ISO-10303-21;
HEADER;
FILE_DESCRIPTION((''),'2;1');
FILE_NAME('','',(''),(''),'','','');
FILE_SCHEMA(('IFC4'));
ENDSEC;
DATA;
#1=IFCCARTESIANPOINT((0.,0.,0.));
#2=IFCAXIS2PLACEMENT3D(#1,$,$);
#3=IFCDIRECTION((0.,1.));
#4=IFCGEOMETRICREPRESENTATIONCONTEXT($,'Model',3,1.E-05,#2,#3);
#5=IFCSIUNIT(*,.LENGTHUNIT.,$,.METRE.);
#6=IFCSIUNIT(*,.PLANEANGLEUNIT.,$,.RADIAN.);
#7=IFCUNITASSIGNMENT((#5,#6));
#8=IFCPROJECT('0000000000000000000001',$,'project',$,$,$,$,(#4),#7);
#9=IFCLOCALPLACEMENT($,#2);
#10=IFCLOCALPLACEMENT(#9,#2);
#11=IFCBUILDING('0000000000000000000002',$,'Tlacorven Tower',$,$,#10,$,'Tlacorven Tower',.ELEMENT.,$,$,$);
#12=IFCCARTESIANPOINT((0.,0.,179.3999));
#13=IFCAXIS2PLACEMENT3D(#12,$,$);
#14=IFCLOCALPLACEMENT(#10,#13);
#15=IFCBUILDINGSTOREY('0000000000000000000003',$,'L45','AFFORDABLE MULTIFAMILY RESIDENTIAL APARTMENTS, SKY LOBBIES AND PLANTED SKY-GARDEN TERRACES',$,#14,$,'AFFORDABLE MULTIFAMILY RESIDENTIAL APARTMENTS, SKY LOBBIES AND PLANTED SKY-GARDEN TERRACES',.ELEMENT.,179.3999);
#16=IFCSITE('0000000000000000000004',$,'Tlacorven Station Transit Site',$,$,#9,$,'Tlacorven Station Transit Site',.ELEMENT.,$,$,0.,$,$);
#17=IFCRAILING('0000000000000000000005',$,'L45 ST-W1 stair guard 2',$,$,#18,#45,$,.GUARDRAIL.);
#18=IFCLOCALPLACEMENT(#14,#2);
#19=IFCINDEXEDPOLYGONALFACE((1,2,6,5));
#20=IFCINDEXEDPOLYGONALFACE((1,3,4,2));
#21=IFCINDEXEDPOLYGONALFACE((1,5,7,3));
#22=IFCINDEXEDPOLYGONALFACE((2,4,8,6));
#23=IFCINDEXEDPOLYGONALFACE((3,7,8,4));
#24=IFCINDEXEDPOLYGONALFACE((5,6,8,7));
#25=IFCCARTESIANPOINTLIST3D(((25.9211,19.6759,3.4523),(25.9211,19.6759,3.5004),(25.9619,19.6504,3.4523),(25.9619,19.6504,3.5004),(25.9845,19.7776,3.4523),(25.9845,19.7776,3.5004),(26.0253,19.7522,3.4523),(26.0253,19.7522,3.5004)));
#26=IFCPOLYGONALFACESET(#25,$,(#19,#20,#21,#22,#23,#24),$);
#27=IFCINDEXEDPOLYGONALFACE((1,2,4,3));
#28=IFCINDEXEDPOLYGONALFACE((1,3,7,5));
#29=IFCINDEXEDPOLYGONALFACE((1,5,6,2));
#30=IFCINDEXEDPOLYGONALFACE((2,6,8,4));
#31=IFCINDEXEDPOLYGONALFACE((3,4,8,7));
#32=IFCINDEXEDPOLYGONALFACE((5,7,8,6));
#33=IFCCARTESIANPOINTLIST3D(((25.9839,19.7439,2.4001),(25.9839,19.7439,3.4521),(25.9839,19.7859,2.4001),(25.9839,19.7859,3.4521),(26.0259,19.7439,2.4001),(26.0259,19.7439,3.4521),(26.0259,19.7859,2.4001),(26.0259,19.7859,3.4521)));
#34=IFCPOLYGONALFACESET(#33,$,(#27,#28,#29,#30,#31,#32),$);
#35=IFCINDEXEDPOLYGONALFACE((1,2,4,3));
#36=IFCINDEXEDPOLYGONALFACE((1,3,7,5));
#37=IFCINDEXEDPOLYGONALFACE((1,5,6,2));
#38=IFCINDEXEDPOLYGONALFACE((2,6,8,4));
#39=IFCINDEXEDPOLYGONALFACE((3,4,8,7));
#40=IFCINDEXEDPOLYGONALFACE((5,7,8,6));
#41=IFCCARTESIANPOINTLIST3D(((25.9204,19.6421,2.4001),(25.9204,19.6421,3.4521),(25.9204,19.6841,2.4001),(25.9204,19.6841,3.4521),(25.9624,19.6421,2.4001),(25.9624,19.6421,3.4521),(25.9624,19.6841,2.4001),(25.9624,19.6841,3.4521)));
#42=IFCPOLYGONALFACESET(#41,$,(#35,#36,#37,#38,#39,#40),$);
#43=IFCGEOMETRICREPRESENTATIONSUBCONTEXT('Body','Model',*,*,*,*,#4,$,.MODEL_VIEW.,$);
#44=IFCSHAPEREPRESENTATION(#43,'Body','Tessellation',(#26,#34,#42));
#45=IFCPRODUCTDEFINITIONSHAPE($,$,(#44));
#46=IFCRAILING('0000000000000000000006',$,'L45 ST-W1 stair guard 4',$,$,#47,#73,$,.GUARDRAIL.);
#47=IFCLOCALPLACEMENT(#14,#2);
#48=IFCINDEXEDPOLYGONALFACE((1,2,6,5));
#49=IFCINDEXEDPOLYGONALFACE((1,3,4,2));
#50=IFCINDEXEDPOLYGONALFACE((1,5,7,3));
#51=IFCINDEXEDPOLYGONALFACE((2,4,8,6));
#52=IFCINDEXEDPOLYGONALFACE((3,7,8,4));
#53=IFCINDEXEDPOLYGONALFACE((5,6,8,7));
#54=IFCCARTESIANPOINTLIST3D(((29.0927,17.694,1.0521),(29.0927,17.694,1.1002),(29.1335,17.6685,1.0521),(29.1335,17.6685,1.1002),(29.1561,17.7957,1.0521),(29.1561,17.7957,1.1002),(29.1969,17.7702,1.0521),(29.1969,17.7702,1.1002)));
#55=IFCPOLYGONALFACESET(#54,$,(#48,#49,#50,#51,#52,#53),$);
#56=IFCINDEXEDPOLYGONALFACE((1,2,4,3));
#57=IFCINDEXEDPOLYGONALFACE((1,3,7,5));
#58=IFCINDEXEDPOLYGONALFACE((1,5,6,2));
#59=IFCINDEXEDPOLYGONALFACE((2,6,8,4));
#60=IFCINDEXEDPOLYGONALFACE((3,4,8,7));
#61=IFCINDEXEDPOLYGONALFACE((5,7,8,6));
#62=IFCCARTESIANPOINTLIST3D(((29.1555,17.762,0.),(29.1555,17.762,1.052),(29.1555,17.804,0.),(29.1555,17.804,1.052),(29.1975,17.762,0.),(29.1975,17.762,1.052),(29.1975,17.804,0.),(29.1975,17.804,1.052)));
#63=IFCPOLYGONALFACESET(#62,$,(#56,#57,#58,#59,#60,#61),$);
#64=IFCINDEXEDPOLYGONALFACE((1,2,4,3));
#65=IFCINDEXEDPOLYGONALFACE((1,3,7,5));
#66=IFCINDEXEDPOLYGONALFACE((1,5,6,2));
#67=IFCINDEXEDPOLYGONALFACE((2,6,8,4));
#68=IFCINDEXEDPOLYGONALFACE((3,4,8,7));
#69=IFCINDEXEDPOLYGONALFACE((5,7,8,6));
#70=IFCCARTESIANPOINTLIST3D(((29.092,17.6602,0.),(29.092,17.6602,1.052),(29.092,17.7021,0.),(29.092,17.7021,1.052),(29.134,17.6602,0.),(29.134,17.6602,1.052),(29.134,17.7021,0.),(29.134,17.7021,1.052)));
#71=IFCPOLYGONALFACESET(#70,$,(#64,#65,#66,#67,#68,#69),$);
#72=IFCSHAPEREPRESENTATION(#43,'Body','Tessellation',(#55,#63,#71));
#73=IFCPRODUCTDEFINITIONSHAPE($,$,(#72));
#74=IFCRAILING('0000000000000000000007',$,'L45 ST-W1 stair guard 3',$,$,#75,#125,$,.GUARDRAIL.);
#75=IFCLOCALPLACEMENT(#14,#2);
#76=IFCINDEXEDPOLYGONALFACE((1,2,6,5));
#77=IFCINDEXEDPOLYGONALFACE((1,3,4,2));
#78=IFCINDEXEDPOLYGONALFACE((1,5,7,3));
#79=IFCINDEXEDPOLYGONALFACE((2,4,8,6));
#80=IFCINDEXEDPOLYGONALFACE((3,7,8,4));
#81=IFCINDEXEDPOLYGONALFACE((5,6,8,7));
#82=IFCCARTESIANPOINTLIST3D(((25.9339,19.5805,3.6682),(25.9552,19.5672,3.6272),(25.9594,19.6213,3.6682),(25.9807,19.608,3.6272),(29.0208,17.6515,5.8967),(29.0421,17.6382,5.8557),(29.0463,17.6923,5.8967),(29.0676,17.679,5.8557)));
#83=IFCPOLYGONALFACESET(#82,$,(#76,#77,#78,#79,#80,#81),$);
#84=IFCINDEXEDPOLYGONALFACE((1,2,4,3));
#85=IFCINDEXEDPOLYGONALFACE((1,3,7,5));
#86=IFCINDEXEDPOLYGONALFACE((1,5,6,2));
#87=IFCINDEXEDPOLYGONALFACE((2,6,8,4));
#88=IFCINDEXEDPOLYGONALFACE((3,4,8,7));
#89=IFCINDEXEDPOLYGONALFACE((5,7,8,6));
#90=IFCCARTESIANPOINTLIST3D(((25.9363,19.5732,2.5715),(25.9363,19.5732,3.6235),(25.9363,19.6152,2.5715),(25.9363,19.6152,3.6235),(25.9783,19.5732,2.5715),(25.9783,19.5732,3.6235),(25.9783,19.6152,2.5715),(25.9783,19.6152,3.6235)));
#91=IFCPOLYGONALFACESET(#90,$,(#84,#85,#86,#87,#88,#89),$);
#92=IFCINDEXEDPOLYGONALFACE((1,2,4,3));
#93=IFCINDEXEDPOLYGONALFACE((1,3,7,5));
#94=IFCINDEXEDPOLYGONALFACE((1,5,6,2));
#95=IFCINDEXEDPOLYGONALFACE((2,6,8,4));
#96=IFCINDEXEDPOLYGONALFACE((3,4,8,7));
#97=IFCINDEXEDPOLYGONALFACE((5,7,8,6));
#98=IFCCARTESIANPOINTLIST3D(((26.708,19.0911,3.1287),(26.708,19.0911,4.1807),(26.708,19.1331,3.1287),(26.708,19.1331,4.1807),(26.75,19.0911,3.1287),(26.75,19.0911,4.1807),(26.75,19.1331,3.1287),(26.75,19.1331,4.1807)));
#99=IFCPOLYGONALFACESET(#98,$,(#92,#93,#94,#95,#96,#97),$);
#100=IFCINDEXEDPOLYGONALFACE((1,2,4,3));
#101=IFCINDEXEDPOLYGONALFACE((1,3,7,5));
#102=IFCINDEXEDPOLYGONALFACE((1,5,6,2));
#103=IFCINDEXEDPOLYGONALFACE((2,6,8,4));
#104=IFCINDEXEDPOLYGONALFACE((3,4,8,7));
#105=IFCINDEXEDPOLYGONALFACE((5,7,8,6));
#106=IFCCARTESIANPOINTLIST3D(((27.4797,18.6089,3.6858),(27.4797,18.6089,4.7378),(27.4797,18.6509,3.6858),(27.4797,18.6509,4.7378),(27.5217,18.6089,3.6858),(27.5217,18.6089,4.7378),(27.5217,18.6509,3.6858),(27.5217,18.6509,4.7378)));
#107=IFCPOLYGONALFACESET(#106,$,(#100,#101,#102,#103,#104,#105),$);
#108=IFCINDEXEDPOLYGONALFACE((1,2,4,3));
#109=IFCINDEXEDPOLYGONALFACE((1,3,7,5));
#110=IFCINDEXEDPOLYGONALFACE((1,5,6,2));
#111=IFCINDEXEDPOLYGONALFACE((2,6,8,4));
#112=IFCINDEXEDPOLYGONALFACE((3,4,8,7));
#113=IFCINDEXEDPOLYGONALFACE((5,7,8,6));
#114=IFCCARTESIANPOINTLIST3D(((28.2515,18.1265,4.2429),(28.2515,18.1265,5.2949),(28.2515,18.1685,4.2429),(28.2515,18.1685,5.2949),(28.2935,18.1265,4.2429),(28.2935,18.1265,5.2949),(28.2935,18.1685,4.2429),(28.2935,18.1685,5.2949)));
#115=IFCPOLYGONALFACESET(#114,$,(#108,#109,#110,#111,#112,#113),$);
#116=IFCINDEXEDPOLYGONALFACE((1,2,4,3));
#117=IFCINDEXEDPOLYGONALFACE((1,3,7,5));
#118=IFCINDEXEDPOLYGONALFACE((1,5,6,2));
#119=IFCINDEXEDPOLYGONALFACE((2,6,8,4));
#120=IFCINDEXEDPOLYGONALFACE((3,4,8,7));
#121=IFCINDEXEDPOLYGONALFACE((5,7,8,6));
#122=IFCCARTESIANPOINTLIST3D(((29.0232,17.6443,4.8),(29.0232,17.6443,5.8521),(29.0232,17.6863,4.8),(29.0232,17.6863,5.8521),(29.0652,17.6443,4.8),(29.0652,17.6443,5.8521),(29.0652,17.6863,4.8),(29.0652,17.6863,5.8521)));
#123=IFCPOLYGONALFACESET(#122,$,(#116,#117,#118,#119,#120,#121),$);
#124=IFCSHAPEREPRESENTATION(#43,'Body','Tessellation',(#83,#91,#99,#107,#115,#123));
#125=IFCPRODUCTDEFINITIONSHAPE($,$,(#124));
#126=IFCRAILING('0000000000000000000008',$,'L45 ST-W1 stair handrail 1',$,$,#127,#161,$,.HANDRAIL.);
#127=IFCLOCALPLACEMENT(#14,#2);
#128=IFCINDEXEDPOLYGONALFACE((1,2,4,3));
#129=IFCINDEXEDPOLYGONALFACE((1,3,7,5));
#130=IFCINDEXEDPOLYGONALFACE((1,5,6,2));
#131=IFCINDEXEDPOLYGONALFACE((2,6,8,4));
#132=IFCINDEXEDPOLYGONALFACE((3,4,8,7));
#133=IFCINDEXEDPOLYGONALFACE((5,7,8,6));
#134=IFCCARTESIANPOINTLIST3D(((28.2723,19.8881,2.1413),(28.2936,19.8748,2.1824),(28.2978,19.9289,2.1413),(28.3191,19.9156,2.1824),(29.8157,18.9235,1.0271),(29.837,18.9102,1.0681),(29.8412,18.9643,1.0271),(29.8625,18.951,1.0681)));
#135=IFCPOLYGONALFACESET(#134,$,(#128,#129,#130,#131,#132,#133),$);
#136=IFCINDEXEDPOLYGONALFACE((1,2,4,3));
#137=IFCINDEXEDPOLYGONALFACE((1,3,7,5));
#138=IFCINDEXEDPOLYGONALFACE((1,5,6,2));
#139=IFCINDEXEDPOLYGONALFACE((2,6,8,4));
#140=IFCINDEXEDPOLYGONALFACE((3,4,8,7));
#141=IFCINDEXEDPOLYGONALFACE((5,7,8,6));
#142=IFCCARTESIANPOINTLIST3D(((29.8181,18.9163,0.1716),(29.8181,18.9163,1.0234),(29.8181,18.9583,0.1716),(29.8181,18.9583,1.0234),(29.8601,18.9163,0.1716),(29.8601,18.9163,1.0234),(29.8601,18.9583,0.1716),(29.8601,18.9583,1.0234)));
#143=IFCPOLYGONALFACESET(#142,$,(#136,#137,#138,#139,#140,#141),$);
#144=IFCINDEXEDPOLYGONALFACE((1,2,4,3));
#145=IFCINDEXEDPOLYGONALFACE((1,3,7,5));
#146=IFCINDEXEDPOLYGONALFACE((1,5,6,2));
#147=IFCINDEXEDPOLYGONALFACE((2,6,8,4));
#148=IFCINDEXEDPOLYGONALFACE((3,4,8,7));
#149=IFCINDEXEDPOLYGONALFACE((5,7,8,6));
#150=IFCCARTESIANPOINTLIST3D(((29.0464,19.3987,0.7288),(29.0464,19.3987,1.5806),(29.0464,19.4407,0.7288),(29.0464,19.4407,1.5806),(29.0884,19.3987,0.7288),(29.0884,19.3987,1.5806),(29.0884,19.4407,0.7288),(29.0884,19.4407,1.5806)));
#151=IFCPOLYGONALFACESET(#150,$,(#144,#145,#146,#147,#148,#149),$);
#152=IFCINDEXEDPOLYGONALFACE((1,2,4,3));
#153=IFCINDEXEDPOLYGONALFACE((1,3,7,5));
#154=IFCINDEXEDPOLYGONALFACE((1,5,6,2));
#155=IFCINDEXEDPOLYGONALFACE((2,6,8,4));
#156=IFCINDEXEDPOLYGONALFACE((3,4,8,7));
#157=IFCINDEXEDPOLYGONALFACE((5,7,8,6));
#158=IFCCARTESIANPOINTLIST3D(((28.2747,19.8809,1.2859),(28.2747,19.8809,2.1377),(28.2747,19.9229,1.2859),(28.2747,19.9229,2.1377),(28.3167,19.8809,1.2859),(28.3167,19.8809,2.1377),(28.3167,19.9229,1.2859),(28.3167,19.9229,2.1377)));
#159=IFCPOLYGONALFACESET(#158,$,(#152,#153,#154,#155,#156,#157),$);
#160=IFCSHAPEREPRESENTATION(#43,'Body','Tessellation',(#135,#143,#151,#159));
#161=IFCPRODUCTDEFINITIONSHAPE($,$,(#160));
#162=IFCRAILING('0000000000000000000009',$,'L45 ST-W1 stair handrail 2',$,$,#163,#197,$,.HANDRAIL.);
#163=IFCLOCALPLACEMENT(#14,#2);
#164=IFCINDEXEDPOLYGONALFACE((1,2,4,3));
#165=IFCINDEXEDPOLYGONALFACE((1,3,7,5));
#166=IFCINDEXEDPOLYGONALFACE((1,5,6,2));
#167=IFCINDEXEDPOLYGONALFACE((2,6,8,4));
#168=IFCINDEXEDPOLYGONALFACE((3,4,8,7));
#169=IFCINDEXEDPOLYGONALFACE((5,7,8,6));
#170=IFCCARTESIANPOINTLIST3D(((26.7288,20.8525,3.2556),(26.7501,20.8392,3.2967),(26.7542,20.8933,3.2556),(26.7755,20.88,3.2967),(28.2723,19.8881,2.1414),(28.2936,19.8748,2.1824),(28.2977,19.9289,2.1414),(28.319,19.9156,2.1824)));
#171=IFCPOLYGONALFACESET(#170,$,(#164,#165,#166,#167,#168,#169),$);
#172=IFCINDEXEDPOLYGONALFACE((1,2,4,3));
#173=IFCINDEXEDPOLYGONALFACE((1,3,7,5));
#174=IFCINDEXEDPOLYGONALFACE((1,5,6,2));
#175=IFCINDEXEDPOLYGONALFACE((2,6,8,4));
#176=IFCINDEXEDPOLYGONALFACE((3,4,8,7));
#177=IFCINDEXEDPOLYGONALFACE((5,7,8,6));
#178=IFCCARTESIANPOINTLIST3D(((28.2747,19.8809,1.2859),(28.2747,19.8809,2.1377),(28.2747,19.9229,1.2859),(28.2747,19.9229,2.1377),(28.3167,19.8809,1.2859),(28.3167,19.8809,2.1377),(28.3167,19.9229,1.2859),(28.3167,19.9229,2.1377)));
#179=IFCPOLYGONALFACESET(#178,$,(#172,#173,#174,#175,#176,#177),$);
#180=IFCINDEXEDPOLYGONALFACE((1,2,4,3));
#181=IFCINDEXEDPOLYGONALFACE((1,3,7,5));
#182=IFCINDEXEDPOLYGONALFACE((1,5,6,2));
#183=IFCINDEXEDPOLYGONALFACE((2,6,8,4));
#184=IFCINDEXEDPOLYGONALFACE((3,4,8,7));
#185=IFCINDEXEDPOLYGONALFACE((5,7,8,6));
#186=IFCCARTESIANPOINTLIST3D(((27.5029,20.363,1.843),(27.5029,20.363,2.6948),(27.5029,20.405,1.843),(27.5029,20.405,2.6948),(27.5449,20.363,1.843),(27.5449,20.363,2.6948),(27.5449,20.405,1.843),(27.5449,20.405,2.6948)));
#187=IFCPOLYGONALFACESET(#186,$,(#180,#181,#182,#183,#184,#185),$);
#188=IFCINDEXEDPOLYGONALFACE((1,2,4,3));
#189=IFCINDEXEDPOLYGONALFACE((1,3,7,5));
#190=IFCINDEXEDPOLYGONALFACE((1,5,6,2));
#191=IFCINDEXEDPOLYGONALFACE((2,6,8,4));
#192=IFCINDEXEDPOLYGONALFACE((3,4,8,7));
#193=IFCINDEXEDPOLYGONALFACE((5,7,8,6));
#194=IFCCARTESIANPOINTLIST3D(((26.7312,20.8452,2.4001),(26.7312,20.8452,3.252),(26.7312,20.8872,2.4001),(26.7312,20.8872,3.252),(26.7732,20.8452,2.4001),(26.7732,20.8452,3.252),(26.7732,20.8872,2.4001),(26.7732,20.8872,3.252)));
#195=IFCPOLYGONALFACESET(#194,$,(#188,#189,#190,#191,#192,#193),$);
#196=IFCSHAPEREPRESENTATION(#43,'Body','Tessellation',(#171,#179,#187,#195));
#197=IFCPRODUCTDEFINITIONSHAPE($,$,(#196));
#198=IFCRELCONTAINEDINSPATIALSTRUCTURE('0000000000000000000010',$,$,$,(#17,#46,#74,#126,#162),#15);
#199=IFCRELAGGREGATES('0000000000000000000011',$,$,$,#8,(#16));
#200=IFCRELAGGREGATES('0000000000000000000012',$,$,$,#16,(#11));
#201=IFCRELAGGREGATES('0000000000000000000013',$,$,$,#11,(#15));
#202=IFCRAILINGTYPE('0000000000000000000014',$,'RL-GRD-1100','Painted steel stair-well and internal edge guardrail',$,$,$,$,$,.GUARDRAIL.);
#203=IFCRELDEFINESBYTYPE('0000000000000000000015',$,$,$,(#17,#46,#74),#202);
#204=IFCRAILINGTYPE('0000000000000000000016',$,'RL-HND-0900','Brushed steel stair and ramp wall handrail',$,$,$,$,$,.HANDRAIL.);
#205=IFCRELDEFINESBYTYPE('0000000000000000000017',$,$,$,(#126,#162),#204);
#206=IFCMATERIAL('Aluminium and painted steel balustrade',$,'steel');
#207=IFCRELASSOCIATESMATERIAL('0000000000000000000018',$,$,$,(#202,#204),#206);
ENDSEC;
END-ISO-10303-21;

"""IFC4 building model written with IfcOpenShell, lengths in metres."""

from ifc_helpers import new_model, si_unit, direction, frame, origin, origin_2d, place, context, subcontext, project, spatial, rectangle, extrude, source, transform, mapped, material, type_object, element, save


model = new_model("IFC4")

# Units and contexts
model_context = context("Model", 3, precision=1e-05, world=origin(), true_north=direction((0.0, 1.0)))
body_context = subcontext(model_context, "Body", "Model", "MODEL_VIEW")
ifc_project = project(units=[si_unit("LENGTHUNIT", "METRE"), si_unit("PLANEANGLEUNIT", "RADIAN")], contexts=[model_context])

# Site, building, storey
site_placement = place(None, origin())
site = spatial("IfcSite", under=ifc_project, at=site_placement, Name="Tlacorven Station Transit Site", LongName="Tlacorven Station Transit Site", CompositionType="ELEMENT", RefElevation=0.0)
building_placement = place(site_placement, origin())
building = spatial("IfcBuilding", under=site, at=building_placement, Name="Tlacorven Tower", LongName="Tlacorven Tower", CompositionType="ELEMENT")
storey_placement = place(building_placement, frame((0.0, 0.0, 179.3999)))
storey = spatial("IfcBuildingStorey", under=building, at=storey_placement, Name="L45", Description="AFFORDABLE MULTIFAMILY RESIDENTIAL APARTMENTS, SKY LOBBIES AND PLANTED SKY-GARDEN TERRACES", LongName="AFFORDABLE MULTIFAMILY RESIDENTIAL APARTMENTS, SKY LOBBIES AND PLANTED SKY-GARDEN TERRACES", CompositionType="ELEMENT", Elevation=179.3999)

# Railings
ifc_material_1 = material(Name="Aluminium and painted steel balustrade", Category="steel")
railing_type_1 = type_object("IfcRailingType", Name="RL-GRD-1100", Description="Painted steel stair-well and internal edge guardrail", PredefinedType="GUARDRAIL", material=ifc_material_1)
shared_shape_1 = source(origin(), body_context, "Body", "SweptSolid", [
    extrude(rectangle(XDim=0.0481, YDim=0.0481, at=origin_2d()), frame((0.0, 0.0, 1.0762), z_axis=(-0.529084, -0.848569, 0.0), x_axis=(0.848569, -0.529084, 0.0)), (0.0, 0.0, 1.0), 0.1199),
    extrude(rectangle(XDim=0.042, YDim=0.042, at=origin_2d()), origin(), (0.0, 0.0, 1.0), 1.052),
    extrude(rectangle(XDim=0.042, YDim=0.042, at=origin_2d()), frame((-0.0635, -0.1018, 0.0)), (0.0, 0.0, 1.0), 1.052),
])
for number, where, name in (
    (1, (26.0049, 19.7649, 2.4001), "L45 ST-W1 stair guard 2"),
    (2, (29.1765, 17.783, 0.0), "L45 ST-W1 stair guard 4"),
):
    element("IfcRailing", number, at=place(storey_placement, frame(where)), inside=storey, type_object=railing_type_1, Name=name, PredefinedType="GUARDRAIL", context=body_context, shape_type="MappedRepresentation", body=[
        mapped(shared_shape_1, transform((0.0, 0.0, 0.0), scale=1.0)),
    ])
shared_shape_2 = source(origin(), body_context, "Body", "SweptSolid", [
    extrude(rectangle(XDim=0.0481, YDim=0.0481, at=origin_2d()), frame((0.0, 0.0, 1.0762), z_axis=(0.723262, -0.451953, 0.52214), x_axis=(0.529927, 0.848044, 0.0)), (0.0, 0.0, 1.0), 4.2681),
    extrude(rectangle(XDim=0.042, YDim=0.042, at=origin_2d()), origin(), (0.0, 0.0, 1.0), 1.052),
    extrude(rectangle(XDim=0.042, YDim=0.042, at=origin_2d()), frame((0.7717, -0.4822, 0.5571)), (0.0, 0.0, 1.0), 1.052),
    extrude(rectangle(XDim=0.042, YDim=0.042, at=origin_2d()), frame((1.5435, -0.9644, 1.1143)), (0.0, 0.0, 1.0), 1.052),
    extrude(rectangle(XDim=0.042, YDim=0.042, at=origin_2d()), frame((2.3152, -1.4468, 1.6714)), (0.0, 0.0, 1.0), 1.052),
    extrude(rectangle(XDim=0.042, YDim=0.042, at=origin_2d()), frame((3.0869, -1.929, 2.2285)), (0.0, 0.0, 1.0), 1.052),
])
railing_1_placement = place(storey_placement, frame((25.9573, 19.5942, 2.5715)))
element("IfcRailing", 3, at=railing_1_placement, inside=storey, type_object=railing_type_1, Name="L45 ST-W1 stair guard 3", PredefinedType="GUARDRAIL", context=body_context, shape_type="MappedRepresentation", body=[
    mapped(shared_shape_2, transform((0.0, 0.0, 0.0), scale=1.0)),
])
railing_type_2 = type_object("IfcRailingType", Name="RL-HND-0900", Description="Brushed steel stair and ramp wall handrail", PredefinedType="HANDRAIL", material=ifc_material_1)
shared_shape_3 = source(origin(), body_context, "Body", "SweptSolid", [
    extrude(rectangle(XDim=0.0481, YDim=0.0481, at=origin_2d()), frame((0.0, 0.0, 0.876), z_axis=(-0.723244, 0.451999, 0.522126), x_axis=(-0.529975, -0.848013, 0.0)), (0.0, 0.0, 1.0), 2.134),
    extrude(rectangle(XDim=0.042, YDim=0.042, at=origin_2d()), origin(), (0.0, 0.0, 1.0), 0.8518),
    extrude(rectangle(XDim=0.042, YDim=0.042, at=origin_2d()), frame((-0.7717, 0.4824, 0.5571)), (0.0, 0.0, 1.0), 0.8518),
    extrude(rectangle(XDim=0.042, YDim=0.042, at=origin_2d()), frame((-1.5435, 0.9646, 1.1143)), (0.0, 0.0, 1.0), 0.8518),
])
railing_2_placement = place(storey_placement, frame((29.8391, 18.9373, 0.1716)))
element("IfcRailing", 4, at=railing_2_placement, inside=storey, type_object=railing_type_2, Name="L45 ST-W1 stair handrail 1", PredefinedType="HANDRAIL", context=body_context, shape_type="MappedRepresentation", body=[
    mapped(shared_shape_3, transform((0.0, 0.0, 0.0), scale=1.0)),
])
shared_shape_4 = source(origin(), body_context, "Body", "SweptSolid", [
    extrude(rectangle(XDim=0.0481, YDim=0.0481, at=origin_2d()), frame((0.0, 0.0, 0.876), z_axis=(-0.723281, 0.451908, 0.522153), x_axis=(-0.529878, -0.848074, 0.0)), (0.0, 0.0, 1.0), 2.134),
    extrude(rectangle(XDim=0.042, YDim=0.042, at=origin_2d()), origin(), (0.0, 0.0, 1.0), 0.8518),
    extrude(rectangle(XDim=0.042, YDim=0.042, at=origin_2d()), frame((-0.7717, 0.4822, 0.5571)), (0.0, 0.0, 1.0), 0.8518),
    extrude(rectangle(XDim=0.042, YDim=0.042, at=origin_2d()), frame((-1.5435, 0.9644, 1.1143)), (0.0, 0.0, 1.0), 0.8518),
])
railing_3_placement = place(storey_placement, frame((28.2957, 19.9019, 1.2859)))
element("IfcRailing", 5, at=railing_3_placement, inside=storey, type_object=railing_type_2, Name="L45 ST-W1 stair handrail 2", PredefinedType="HANDRAIL", context=body_context, shape_type="MappedRepresentation", body=[
    mapped(shared_shape_4, transform((0.0, 0.0, 0.0), scale=1.0)),
])

save(model, "model.ifc")
